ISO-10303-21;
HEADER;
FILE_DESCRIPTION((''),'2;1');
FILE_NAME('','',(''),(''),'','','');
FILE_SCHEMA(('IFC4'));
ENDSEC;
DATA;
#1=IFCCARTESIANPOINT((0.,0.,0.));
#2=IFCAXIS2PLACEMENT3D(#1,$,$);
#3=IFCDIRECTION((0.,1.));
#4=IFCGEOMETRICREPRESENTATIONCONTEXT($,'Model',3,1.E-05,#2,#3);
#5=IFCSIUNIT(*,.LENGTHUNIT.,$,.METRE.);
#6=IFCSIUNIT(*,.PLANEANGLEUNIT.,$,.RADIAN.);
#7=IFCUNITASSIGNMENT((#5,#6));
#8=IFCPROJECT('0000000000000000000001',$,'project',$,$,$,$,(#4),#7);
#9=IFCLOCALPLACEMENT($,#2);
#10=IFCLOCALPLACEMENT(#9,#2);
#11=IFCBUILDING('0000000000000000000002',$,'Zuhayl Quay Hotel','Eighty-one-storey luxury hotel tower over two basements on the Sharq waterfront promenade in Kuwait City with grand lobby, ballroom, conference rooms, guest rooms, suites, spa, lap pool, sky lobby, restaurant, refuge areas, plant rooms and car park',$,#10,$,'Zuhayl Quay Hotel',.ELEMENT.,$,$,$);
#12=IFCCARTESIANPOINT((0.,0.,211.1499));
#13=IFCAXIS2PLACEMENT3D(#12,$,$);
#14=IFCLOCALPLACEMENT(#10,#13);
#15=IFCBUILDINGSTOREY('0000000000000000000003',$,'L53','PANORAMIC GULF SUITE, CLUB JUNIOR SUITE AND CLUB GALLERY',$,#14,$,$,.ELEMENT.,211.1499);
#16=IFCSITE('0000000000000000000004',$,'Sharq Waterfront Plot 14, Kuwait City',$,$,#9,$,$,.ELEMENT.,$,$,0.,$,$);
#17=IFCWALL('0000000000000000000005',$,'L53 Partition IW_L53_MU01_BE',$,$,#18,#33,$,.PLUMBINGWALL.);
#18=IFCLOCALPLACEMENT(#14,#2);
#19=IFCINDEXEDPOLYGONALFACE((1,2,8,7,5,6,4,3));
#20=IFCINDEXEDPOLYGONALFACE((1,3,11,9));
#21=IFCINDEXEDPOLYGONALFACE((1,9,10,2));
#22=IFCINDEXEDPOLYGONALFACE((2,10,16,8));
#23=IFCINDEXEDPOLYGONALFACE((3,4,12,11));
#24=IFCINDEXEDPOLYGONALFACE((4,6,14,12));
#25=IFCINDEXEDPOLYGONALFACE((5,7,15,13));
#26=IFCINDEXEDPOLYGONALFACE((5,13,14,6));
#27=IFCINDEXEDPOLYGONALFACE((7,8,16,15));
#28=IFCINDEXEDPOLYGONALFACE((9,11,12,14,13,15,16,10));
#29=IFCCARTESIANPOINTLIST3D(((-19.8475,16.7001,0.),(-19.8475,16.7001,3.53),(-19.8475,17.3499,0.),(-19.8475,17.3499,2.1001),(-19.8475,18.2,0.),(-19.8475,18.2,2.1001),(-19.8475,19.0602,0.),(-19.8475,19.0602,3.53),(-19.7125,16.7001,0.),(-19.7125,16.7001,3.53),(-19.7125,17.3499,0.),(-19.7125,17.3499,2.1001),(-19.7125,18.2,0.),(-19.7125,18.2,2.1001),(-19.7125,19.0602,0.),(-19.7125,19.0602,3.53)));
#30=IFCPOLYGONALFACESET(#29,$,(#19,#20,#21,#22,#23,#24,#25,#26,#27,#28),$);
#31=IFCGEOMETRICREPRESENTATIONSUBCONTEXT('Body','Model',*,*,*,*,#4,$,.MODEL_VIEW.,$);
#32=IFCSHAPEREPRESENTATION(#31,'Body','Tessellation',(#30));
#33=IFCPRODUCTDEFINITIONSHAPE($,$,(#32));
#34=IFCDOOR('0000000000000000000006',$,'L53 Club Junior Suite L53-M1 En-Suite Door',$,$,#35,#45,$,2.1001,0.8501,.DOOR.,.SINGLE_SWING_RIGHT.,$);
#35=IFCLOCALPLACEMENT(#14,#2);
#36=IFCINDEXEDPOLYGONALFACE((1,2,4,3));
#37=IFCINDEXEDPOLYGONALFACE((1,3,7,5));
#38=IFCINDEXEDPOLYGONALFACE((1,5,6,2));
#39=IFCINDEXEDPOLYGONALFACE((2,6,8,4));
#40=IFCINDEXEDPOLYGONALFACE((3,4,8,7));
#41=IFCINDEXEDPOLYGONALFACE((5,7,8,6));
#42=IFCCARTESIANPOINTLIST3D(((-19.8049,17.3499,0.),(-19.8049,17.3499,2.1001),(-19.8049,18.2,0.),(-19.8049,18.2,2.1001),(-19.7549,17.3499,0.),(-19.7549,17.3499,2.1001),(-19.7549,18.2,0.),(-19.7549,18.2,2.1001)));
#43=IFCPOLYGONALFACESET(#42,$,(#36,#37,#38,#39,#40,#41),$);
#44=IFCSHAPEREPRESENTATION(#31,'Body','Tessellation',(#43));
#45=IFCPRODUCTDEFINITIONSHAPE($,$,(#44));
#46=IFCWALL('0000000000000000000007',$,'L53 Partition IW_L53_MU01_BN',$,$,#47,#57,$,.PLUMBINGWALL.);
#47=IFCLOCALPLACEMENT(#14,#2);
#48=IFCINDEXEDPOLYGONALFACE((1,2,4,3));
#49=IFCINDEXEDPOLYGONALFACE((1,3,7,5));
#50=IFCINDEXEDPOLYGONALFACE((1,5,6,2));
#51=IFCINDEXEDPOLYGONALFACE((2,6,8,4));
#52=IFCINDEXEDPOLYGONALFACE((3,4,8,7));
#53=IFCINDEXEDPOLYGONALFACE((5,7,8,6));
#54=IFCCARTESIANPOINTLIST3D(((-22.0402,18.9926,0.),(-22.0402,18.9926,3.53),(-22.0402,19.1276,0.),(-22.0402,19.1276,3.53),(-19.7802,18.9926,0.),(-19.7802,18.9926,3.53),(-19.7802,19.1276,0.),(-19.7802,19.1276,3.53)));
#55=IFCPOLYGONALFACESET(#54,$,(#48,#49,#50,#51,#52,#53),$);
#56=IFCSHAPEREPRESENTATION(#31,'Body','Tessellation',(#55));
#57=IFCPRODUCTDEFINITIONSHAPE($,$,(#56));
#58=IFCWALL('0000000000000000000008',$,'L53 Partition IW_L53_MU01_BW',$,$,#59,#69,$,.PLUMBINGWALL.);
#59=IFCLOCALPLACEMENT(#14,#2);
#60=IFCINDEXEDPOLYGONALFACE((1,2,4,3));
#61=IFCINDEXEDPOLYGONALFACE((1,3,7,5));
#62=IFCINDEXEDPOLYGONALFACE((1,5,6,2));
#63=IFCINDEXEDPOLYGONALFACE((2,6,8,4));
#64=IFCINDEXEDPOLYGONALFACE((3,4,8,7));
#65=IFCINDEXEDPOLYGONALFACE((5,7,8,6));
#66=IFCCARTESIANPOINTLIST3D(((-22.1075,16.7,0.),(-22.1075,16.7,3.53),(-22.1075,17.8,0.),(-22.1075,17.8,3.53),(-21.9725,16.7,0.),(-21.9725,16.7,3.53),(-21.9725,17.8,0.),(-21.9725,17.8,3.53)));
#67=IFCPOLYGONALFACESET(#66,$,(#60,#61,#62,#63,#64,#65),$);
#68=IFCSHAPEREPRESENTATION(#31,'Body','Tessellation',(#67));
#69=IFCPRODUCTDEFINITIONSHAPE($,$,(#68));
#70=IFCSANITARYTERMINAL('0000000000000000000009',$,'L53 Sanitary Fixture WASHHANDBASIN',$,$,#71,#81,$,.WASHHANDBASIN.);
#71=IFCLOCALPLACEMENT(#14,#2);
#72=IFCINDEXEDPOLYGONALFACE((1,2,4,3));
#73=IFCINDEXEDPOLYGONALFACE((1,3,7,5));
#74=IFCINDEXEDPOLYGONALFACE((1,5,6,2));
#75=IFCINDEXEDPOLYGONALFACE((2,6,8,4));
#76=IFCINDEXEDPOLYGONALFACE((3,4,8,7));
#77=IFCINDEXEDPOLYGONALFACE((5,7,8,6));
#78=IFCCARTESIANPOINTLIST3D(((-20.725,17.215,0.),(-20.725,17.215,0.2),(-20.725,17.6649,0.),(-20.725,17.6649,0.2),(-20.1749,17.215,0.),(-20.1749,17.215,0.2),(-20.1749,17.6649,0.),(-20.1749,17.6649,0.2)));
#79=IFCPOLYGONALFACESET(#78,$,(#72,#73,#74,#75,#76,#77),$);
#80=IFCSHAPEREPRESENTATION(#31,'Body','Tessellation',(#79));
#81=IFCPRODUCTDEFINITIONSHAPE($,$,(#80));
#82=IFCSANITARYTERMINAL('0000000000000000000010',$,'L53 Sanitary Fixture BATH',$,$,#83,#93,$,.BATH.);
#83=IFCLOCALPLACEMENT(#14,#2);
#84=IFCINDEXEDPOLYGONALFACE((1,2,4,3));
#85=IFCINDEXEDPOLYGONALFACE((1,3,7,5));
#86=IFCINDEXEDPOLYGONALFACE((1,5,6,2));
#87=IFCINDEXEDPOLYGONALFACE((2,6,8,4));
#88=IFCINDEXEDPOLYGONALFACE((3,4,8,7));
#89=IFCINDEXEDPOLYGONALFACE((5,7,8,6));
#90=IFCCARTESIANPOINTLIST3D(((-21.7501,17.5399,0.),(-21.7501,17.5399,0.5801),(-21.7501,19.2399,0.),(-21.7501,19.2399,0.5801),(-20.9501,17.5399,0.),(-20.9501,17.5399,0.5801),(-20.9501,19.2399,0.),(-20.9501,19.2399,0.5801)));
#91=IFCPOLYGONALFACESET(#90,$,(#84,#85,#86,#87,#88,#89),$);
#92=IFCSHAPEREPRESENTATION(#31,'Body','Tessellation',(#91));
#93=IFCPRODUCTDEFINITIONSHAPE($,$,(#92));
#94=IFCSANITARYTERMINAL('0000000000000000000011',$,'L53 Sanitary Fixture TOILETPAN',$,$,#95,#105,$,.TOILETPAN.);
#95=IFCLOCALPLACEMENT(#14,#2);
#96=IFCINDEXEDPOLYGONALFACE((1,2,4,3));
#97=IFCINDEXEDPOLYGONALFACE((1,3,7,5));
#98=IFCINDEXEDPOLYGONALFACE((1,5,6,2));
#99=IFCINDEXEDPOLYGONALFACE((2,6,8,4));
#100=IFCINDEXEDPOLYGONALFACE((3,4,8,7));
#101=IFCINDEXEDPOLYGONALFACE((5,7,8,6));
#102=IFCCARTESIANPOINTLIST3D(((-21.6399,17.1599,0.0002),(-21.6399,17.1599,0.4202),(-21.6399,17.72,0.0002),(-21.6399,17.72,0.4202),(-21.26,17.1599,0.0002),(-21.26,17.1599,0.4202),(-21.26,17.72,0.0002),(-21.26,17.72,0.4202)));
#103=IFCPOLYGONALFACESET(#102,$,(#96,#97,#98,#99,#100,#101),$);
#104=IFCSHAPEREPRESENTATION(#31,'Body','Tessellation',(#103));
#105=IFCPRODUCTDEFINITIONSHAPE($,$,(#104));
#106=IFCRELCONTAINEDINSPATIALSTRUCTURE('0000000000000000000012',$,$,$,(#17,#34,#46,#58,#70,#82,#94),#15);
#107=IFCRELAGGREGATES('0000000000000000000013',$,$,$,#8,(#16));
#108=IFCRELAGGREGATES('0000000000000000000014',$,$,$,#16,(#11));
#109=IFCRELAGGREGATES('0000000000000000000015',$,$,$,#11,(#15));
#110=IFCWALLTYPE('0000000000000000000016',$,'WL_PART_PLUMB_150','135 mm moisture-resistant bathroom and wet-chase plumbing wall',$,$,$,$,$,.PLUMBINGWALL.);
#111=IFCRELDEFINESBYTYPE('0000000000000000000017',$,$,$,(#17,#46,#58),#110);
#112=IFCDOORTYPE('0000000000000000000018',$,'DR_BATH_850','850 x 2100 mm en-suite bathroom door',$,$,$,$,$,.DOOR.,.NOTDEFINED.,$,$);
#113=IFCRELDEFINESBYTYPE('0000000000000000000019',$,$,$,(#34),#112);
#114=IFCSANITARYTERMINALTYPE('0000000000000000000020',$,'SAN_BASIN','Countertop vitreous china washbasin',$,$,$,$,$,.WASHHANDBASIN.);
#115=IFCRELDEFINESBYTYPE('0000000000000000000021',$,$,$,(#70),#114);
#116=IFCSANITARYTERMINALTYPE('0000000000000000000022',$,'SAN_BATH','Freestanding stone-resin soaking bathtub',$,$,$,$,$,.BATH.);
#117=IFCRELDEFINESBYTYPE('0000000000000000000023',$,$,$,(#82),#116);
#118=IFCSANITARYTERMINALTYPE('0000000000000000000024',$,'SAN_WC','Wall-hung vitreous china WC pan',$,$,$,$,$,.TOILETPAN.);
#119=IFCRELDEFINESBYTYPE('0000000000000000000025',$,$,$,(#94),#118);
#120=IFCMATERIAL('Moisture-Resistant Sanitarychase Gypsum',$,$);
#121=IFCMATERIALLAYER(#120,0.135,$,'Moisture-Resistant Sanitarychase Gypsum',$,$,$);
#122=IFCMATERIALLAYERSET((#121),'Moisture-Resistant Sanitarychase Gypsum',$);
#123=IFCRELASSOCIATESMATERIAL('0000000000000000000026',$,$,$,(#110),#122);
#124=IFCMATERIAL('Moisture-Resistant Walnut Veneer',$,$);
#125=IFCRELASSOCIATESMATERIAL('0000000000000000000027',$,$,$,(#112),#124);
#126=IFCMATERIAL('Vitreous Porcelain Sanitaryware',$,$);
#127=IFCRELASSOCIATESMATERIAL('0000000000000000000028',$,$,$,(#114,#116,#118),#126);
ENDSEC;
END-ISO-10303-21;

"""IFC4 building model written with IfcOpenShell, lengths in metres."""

from ifc_helpers import new_model, si_unit, direction, frame, frame_2d, origin, origin_2d, place, context, subcontext, project, spatial, rectangle, extrude, material, layer, layer_set, type_object, element, fill, save


model = new_model("IFC4")

# Units and contexts
model_context = context("Model", 3, precision=1e-05, world=origin(), true_north=direction((0.0, 1.0)))
body_context = subcontext(model_context, "Body", "Model", "MODEL_VIEW")
ifc_project = project(units=[si_unit("LENGTHUNIT", "METRE"), si_unit("PLANEANGLEUNIT", "RADIAN")], contexts=[model_context])

# Site, building, storey
site_placement = place(None, origin())
site = spatial("IfcSite", under=ifc_project, at=site_placement, Name="Sharq Waterfront Plot 14, Kuwait City", CompositionType="ELEMENT", RefElevation=0.0)
building_placement = place(site_placement, origin())
building = spatial("IfcBuilding", under=site, at=building_placement, Name="Zuhayl Quay Hotel", Description="Eighty-one-storey luxury hotel tower over two basements on the Sharq waterfront promenade in Kuwait City with grand lobby, ballroom, conference rooms, guest rooms, suites, spa, lap pool, sky lobby, restaurant, refuge areas, plant rooms and car park", LongName="Zuhayl Quay Hotel", CompositionType="ELEMENT")
storey_placement = place(building_placement, frame((0.0, 0.0, 211.1499)))
storey = spatial("IfcBuildingStorey", under=building, at=storey_placement, Name="L53", Description="PANORAMIC GULF SUITE, CLUB JUNIOR SUITE AND CLUB GALLERY", CompositionType="ELEMENT", Elevation=211.1499)

# Wall, opening, door
ifc_material_1 = material(Name="Moisture-Resistant Sanitarychase Gypsum")
ifc_layer_1 = layer(ifc_material_1, 0.135, Name="Moisture-Resistant Sanitarychase Gypsum")
ifc_layer_set_1 = layer_set([ifc_layer_1], Name="Moisture-Resistant Sanitarychase Gypsum")
wall_type_1 = type_object("IfcWallType", Name="WL_PART_PLUMB_150", Description="135 mm moisture-resistant bathroom and wet-chase plumbing wall", PredefinedType="PLUMBINGWALL", material=ifc_layer_set_1)
wall_1_placement = place(storey_placement, frame((-19.78, 16.7, 0.0), z_axis=(0.0, 0.0, 1.0), x_axis=(0.0, 1.0, 0.0)))
wall_1 = element("IfcWall", 1, at=wall_1_placement, inside=storey, type_object=wall_type_1, Name="L53 Partition IW_L53_MU01_BE", PredefinedType="PLUMBINGWALL", context=body_context, shape_type="SweptSolid", body=[
    extrude(rectangle(XDim=2.3601, YDim=0.135, at=frame_2d((1.1802, 0.0))), origin(), (0.0, 0.0, 1.0), 3.53),
])
opening_1_placement = place(wall_1_placement, frame((0.6499, 0.0, 0.0)))
opening_1 = element("IfcOpeningElement", 2, at=opening_1_placement, cuts=wall_1, PredefinedType="OPENING", context=body_context, shape_type="SweptSolid", body=[
    extrude(rectangle(XDim=0.8501, YDim=2.1001, at=frame_2d((0.425, 1.05))), frame((0.0, 0.0774, 0.0), z_axis=(0.0, -1.0, 0.0), x_axis=(1.0, 0.0, 0.0)), (0.0, 0.0, 1.0), 0.155),
])
ifc_material_2 = material(Name="Moisture-Resistant Walnut Veneer")
door_type_1 = type_object("IfcDoorType", Name="DR_BATH_850", Description="850 x 2100 mm en-suite bathroom door", OperationType="NOTDEFINED", PredefinedType="DOOR", material=ifc_material_2)
door_1_placement = place(opening_1_placement, origin())
door_1 = element("IfcDoor", 3, at=door_1_placement, inside=storey, type_object=door_type_1, Name="L53 Club Junior Suite L53-M1 En-Suite Door", OperationType="SINGLE_SWING_RIGHT", OverallHeight=2.1001, OverallWidth=0.8501, PredefinedType="DOOR", context=body_context, shape_type="SweptSolid", body=[
    extrude(rectangle(XDim=0.8501, YDim=2.1001, at=frame_2d((0.425, 1.05))), frame((0.0, 0.0249, 0.0), z_axis=(0.0, -1.0, 0.0), x_axis=(1.0, 0.0, 0.0)), (0.0, 0.0, 1.0), 0.05),
])
fill(opening_1, door_1)

# Walls
wall_2_placement = place(storey_placement, frame((-22.04, 19.0601, 0.0), z_axis=(0.0, 0.0, 1.0), x_axis=(1.0, 0.0, 0.0)))
element("IfcWall", 4, at=wall_2_placement, inside=storey, type_object=wall_type_1, Name="L53 Partition IW_L53_MU01_BN", PredefinedType="PLUMBINGWALL", context=body_context, shape_type="SweptSolid", body=[
    extrude(rectangle(XDim=2.26, YDim=0.135, at=frame_2d((1.1299, 0.0))), origin(), (0.0, 0.0, 1.0), 3.53),
])
wall_3_placement = place(storey_placement, frame((-22.04, 16.7, 0.0), z_axis=(0.0, 0.0, 1.0), x_axis=(0.0, 1.0, 0.0)))
element("IfcWall", 5, at=wall_3_placement, inside=storey, type_object=wall_type_1, Name="L53 Partition IW_L53_MU01_BW", PredefinedType="PLUMBINGWALL", context=body_context, shape_type="SweptSolid", body=[
    extrude(rectangle(XDim=1.1001, YDim=0.135, at=frame_2d((0.55, 0.0))), origin(), (0.0, 0.0, 1.0), 3.53),
])

# Sanitary terminals
ifc_material_3 = material(Name="Vitreous Porcelain Sanitaryware")
sanitary_terminal_type_1 = type_object("IfcSanitaryTerminalType", Name="SAN_BASIN", Description="Countertop vitreous china washbasin", PredefinedType="WASHHANDBASIN", material=ifc_material_3)
sanitary_terminal_1_placement = place(storey_placement, frame((-20.45, 17.4399, 0.0), z_axis=(0.0, 0.0, 1.0), x_axis=(1.0, 0.0, 0.0)))
element("IfcSanitaryTerminal", 6, at=sanitary_terminal_1_placement, inside=storey, type_object=sanitary_terminal_type_1, Name="L53 Sanitary Fixture WASHHANDBASIN", PredefinedType="WASHHANDBASIN", context=body_context, shape_type="SweptSolid", body=[
    extrude(rectangle(XDim=0.55, YDim=0.45, at=origin_2d()), origin(), (0.0, 0.0, 1.0), 0.2),
])
sanitary_terminal_type_2 = type_object("IfcSanitaryTerminalType", Name="SAN_BATH", Description="Freestanding stone-resin soaking bathtub", PredefinedType="BATH", material=ifc_material_3)
sanitary_terminal_2_placement = place(storey_placement, frame((-21.3501, 18.3899, 0.0), z_axis=(0.0, 0.0, 1.0), x_axis=(1.0, 0.0, 0.0)))
element("IfcSanitaryTerminal", 7, at=sanitary_terminal_2_placement, inside=storey, type_object=sanitary_terminal_type_2, Name="L53 Sanitary Fixture BATH", PredefinedType="BATH", context=body_context, shape_type="SweptSolid", body=[
    extrude(rectangle(XDim=0.8, YDim=1.7, at=origin_2d()), origin(), (0.0, 0.0, 1.0), 0.5801),
])
sanitary_terminal_type_3 = type_object("IfcSanitaryTerminalType", Name="SAN_WC", Description="Wall-hung vitreous china WC pan", PredefinedType="TOILETPAN", material=ifc_material_3)
sanitary_terminal_3_placement = place(storey_placement, frame((-21.45, 17.4399, 0.0002), z_axis=(0.0, 0.0, 1.0), x_axis=(1.0, 0.0, 0.0)))
element("IfcSanitaryTerminal", 8, at=sanitary_terminal_3_placement, inside=storey, type_object=sanitary_terminal_type_3, Name="L53 Sanitary Fixture TOILETPAN", PredefinedType="TOILETPAN", context=body_context, shape_type="SweptSolid", body=[
    extrude(rectangle(XDim=0.3799, YDim=0.5601, at=origin_2d()), origin(), (0.0, 0.0, 1.0), 0.4199),
])

save(model, "model.ifc")
